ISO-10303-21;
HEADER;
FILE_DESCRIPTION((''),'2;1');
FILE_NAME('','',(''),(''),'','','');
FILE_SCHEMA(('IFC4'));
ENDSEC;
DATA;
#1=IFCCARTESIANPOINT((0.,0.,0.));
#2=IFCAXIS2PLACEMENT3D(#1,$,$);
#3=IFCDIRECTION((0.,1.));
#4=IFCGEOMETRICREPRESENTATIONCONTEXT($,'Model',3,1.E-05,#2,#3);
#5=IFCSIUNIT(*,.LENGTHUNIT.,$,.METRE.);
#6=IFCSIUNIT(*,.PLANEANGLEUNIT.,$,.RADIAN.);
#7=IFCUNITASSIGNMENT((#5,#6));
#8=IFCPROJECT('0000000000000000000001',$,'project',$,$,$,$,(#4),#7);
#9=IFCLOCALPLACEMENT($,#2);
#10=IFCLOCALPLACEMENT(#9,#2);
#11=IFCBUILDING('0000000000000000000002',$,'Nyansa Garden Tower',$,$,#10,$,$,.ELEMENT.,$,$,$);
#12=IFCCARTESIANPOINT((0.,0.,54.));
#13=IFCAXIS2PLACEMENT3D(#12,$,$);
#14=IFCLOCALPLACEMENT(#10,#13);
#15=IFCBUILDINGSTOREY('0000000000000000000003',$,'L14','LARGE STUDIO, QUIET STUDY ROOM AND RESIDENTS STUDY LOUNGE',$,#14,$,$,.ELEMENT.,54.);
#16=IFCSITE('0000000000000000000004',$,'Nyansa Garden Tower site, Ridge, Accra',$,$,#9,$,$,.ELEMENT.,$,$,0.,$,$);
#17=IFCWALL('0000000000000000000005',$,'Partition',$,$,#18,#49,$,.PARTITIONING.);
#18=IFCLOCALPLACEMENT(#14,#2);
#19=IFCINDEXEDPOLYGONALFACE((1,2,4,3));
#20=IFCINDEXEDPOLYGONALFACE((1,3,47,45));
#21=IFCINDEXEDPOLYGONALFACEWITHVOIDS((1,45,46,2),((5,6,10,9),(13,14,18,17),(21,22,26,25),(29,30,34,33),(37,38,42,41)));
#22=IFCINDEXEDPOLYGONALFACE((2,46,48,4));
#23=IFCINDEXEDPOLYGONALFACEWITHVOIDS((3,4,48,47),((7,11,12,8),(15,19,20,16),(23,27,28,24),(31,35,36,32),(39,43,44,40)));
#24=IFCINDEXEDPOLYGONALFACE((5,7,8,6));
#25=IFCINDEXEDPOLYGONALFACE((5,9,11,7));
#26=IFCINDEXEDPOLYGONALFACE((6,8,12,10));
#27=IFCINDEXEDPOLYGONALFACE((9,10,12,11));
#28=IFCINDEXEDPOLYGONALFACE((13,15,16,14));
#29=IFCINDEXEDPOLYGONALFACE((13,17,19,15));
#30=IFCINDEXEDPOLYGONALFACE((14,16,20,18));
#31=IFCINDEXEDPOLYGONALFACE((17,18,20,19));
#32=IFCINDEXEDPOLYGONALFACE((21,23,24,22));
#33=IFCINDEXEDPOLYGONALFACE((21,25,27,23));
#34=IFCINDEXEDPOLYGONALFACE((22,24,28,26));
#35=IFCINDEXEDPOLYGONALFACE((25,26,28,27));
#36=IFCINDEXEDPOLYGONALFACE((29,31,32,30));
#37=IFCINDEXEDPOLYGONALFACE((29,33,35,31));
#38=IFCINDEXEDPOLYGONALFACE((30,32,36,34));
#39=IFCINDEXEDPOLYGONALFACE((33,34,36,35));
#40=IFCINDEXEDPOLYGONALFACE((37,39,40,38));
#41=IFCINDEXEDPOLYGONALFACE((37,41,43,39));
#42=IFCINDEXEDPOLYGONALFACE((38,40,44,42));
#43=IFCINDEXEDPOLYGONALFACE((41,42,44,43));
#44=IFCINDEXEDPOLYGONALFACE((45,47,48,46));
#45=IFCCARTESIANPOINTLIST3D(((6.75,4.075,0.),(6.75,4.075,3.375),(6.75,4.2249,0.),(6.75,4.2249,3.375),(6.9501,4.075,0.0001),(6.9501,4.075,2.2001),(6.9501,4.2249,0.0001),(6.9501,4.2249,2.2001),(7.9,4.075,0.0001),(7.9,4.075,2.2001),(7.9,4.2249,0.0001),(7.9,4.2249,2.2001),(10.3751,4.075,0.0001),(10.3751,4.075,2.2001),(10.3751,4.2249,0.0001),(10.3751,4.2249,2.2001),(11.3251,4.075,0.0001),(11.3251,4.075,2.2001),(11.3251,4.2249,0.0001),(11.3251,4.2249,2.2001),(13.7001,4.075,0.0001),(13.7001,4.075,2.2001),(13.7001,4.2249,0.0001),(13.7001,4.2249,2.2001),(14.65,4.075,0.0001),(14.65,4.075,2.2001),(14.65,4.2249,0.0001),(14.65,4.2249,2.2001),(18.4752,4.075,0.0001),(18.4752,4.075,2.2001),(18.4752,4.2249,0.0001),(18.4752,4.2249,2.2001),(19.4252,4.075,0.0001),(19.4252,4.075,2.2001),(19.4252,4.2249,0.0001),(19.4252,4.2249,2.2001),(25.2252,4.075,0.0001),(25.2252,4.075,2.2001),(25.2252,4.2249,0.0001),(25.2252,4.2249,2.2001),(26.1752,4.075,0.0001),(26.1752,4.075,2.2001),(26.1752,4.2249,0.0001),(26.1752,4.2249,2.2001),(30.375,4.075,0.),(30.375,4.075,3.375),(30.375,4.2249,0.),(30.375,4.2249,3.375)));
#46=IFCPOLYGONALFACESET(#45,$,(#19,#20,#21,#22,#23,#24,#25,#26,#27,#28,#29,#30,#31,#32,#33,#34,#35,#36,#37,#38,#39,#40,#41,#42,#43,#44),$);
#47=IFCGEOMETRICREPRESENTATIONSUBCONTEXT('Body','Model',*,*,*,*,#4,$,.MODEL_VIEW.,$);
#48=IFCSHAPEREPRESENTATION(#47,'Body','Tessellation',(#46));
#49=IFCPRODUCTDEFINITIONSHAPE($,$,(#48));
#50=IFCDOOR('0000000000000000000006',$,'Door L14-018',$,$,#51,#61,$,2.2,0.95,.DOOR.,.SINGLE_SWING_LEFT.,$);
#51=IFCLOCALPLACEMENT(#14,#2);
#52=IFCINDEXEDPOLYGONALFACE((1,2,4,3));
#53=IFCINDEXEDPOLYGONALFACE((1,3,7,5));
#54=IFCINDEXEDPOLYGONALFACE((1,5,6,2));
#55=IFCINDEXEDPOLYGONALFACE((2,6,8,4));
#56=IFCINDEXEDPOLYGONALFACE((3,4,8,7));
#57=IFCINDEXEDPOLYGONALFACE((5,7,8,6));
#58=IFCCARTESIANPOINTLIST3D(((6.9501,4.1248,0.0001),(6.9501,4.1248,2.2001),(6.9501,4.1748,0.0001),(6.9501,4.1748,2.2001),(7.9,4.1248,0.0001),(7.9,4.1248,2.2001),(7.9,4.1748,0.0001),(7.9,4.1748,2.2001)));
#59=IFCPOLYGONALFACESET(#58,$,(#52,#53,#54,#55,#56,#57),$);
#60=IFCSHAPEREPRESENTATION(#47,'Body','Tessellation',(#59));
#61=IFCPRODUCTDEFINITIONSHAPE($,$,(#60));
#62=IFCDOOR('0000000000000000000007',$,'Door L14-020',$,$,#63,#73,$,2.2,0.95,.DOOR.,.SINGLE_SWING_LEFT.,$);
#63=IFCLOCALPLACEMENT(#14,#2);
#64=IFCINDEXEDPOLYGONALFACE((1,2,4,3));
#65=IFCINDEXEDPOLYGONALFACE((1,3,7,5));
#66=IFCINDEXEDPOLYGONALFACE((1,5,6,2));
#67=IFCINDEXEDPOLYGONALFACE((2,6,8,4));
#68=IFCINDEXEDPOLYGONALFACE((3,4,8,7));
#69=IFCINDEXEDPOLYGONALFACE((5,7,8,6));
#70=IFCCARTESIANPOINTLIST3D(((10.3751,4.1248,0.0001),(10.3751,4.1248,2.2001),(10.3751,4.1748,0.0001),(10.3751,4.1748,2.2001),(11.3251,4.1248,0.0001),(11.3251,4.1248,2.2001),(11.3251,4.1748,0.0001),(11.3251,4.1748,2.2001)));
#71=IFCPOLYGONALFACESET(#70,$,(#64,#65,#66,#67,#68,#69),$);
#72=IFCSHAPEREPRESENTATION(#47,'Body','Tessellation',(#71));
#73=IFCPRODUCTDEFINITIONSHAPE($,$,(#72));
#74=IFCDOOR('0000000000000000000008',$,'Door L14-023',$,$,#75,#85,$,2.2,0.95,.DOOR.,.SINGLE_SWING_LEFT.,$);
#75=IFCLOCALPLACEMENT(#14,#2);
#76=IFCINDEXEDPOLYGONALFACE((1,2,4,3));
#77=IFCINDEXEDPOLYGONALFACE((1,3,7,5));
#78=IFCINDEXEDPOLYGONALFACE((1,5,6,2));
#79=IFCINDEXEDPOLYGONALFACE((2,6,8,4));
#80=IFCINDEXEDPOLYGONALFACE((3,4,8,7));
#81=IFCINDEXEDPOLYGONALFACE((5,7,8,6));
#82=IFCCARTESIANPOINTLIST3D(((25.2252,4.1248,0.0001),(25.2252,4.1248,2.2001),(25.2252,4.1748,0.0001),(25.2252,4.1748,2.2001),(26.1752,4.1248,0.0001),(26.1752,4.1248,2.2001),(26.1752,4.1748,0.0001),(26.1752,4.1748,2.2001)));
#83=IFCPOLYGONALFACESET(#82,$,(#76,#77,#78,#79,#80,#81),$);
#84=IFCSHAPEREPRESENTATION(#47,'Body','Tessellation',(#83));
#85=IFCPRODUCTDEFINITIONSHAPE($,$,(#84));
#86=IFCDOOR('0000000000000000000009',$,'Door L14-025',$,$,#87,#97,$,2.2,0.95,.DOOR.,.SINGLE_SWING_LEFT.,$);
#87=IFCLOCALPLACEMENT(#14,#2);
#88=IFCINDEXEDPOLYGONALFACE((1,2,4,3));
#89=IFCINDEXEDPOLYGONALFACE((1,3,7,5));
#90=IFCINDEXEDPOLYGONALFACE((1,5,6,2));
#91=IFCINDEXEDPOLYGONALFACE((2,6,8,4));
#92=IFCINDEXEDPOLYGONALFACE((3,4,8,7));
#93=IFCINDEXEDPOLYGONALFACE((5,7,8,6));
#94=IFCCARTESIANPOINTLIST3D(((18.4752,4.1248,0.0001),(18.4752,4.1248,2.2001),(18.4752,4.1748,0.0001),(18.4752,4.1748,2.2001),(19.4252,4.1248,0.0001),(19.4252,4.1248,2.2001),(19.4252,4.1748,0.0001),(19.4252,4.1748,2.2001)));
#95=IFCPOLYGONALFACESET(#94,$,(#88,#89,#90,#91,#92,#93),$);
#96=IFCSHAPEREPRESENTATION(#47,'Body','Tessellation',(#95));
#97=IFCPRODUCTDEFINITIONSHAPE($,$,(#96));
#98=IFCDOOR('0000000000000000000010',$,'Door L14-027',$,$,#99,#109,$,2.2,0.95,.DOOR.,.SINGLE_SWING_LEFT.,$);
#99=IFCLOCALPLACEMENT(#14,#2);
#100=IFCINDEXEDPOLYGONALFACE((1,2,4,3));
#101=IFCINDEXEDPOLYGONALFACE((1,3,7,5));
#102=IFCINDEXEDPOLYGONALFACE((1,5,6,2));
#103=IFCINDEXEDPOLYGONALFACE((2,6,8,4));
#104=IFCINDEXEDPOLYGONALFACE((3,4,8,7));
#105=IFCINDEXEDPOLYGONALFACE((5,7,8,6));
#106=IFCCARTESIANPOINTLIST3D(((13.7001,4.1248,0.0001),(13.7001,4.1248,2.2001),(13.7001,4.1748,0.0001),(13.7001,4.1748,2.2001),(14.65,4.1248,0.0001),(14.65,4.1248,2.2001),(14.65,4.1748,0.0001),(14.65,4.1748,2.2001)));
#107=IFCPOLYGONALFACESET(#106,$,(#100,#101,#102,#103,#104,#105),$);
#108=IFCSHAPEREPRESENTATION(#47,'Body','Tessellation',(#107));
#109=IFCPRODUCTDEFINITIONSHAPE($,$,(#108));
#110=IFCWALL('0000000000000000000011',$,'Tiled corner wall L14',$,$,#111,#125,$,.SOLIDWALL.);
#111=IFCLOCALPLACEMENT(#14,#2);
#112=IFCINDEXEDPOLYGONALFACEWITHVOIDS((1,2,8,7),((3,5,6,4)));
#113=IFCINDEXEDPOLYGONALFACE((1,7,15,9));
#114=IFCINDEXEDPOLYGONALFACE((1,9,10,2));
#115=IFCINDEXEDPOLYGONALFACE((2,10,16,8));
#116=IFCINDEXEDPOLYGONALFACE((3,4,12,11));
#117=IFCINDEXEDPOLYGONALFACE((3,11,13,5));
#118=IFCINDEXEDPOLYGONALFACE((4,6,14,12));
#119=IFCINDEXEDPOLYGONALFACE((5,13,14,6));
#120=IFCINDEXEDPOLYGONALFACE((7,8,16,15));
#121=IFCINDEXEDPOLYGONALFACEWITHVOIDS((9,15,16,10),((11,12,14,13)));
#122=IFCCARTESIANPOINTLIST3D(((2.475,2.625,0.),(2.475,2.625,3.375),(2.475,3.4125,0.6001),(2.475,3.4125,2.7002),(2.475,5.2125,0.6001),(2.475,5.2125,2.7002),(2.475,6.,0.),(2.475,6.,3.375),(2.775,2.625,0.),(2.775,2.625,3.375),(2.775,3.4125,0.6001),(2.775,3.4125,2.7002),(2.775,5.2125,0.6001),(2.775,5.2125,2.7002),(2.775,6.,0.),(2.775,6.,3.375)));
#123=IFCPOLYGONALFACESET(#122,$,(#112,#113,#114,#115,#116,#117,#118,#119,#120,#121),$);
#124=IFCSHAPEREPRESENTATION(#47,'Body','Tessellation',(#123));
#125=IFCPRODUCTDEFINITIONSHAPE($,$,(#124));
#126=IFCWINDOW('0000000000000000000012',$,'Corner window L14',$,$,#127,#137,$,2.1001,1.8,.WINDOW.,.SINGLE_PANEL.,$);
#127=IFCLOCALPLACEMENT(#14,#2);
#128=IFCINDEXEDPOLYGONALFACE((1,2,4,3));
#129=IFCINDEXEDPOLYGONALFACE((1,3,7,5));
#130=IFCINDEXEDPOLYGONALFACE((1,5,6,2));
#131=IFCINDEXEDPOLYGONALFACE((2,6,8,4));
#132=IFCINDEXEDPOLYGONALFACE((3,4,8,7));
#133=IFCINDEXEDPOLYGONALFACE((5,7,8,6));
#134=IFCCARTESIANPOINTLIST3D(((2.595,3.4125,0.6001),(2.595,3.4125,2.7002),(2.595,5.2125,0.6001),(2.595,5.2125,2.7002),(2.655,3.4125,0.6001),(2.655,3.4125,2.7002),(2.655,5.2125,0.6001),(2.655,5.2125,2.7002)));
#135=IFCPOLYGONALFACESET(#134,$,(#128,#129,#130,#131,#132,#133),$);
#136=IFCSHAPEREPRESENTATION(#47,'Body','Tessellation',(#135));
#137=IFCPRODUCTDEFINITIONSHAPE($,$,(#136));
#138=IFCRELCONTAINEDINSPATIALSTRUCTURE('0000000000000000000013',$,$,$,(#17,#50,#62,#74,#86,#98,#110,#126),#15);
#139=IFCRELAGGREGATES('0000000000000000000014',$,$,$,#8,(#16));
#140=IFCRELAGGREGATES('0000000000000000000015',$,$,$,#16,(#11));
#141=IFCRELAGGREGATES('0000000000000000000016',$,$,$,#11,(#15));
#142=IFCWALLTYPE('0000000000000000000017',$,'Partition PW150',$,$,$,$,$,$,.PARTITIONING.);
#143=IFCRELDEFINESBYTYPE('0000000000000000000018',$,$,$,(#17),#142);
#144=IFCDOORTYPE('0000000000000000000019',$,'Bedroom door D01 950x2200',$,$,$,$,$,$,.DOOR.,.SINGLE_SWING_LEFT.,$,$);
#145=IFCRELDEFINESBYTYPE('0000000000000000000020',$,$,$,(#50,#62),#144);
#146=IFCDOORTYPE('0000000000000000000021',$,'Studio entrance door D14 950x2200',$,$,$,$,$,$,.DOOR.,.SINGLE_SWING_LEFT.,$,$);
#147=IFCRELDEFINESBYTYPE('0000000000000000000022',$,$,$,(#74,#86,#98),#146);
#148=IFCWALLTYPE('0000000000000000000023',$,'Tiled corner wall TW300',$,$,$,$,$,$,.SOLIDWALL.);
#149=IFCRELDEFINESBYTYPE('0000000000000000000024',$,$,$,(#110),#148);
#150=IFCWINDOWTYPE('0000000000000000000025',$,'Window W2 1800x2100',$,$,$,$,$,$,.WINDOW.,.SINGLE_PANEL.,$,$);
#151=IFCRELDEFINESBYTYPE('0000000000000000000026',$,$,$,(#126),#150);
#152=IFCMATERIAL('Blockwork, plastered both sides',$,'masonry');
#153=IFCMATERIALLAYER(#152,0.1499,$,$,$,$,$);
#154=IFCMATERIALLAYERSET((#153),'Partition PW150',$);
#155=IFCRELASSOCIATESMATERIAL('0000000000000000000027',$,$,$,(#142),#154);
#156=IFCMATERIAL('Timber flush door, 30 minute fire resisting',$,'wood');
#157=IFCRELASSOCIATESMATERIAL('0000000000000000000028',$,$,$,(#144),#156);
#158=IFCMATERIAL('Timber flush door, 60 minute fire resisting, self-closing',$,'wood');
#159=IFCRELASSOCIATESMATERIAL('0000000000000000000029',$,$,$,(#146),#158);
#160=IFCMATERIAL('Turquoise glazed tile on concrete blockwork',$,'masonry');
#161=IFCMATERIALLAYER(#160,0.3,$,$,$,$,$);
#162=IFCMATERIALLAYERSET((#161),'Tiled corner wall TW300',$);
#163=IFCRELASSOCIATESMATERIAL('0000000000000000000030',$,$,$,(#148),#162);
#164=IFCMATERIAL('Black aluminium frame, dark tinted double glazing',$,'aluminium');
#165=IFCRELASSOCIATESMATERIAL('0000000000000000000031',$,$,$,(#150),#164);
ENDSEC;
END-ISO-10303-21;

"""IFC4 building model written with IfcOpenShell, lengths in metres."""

from ifc_helpers import new_model, si_unit, direction, frame, frame_2d, origin, place, context, subcontext, project, spatial, rectangle, extrude, material, layer, layer_set, type_object, element, fill, save


model = new_model("IFC4")

# Units and contexts
model_context = context("Model", 3, precision=1e-05, world=origin(), true_north=direction((0.0, 1.0)))
body_context = subcontext(model_context, "Body", "Model", "MODEL_VIEW")
ifc_project = project(units=[si_unit("LENGTHUNIT", "METRE"), si_unit("PLANEANGLEUNIT", "RADIAN")], contexts=[model_context])

# Site, building, storey
site_placement = place(None, origin())
site = spatial("IfcSite", under=ifc_project, at=site_placement, Name="Nyansa Garden Tower site, Ridge, Accra", CompositionType="ELEMENT", RefElevation=0.0)
building_placement = place(site_placement, origin())
building = spatial("IfcBuilding", under=site, at=building_placement, Name="Nyansa Garden Tower", CompositionType="ELEMENT")
storey_placement = place(building_placement, frame((0.0, 0.0, 54.0)))
storey = spatial("IfcBuildingStorey", under=building, at=storey_placement, Name="L14", Description="LARGE STUDIO, QUIET STUDY ROOM AND RESIDENTS STUDY LOUNGE", CompositionType="ELEMENT", Elevation=54.0)

# Shared definitions
ifc_material_1 = material(Name="Blockwork, plastered both sides", Category="masonry")
ifc_layer_1 = layer(ifc_material_1, 0.1499)
ifc_layer_set_1 = layer_set([ifc_layer_1], Name="Partition PW150")
wall_type_1 = type_object("IfcWallType", Name="Partition PW150", PredefinedType="PARTITIONING", material=ifc_layer_set_1)

# Wall, openings, doors
wall_1_placement = place(storey_placement, frame((6.75, 4.1499, 0.0), z_axis=(0.0, 0.0, 1.0), x_axis=(1.0, 0.0, 0.0)))
wall_1 = element("IfcWall", 1, at=wall_1_placement, inside=storey, type_object=wall_type_1, Name="Partition", PredefinedType="PARTITIONING", context=body_context, shape_type="SweptSolid", body=[
    extrude(rectangle(XDim=23.625, YDim=0.1499, at=frame_2d((11.8125, 0.0))), origin(), (0.0, 0.0, 1.0), 3.375),
])
opening_1_placement = place(wall_1_placement, frame((0.2, 0.0, 0.0)))
opening_1 = element("IfcOpeningElement", 2, at=opening_1_placement, cuts=wall_1, PredefinedType="OPENING", context=body_context, shape_type="SweptSolid", body=[
    extrude(rectangle(XDim=0.95, YDim=2.2, at=frame_2d((0.4751, 1.1001))), frame((0.0, 0.085, 0.0), z_axis=(0.0, -1.0, 0.0), x_axis=(1.0, 0.0, 0.0)), (0.0, 0.0, 1.0), 0.1699),
])
opening_2_placement = place(wall_1_placement, frame((3.625, 0.0, 0.0)))
opening_2 = element("IfcOpeningElement", 3, at=opening_2_placement, cuts=wall_1, PredefinedType="OPENING", context=body_context, shape_type="SweptSolid", body=[
    extrude(rectangle(XDim=0.95, YDim=2.2, at=frame_2d((0.4751, 1.1001))), frame((0.0, 0.085, 0.0), z_axis=(0.0, -1.0, 0.0), x_axis=(1.0, 0.0, 0.0)), (0.0, 0.0, 1.0), 0.1699),
])
opening_3_placement = place(wall_1_placement, frame((18.4751, 0.0, 0.0)))
opening_3 = element("IfcOpeningElement", 4, at=opening_3_placement, cuts=wall_1, PredefinedType="OPENING", context=body_context, shape_type="SweptSolid", body=[
    extrude(rectangle(XDim=0.95, YDim=2.2, at=frame_2d((0.4751, 1.1001))), frame((0.0, 0.085, 0.0), z_axis=(0.0, -1.0, 0.0), x_axis=(1.0, 0.0, 0.0)), (0.0, 0.0, 1.0), 0.1699),
])
opening_4_placement = place(wall_1_placement, frame((11.7251, 0.0, 0.0)))
opening_4 = element("IfcOpeningElement", 5, at=opening_4_placement, cuts=wall_1, PredefinedType="OPENING", context=body_context, shape_type="SweptSolid", body=[
    extrude(rectangle(XDim=0.95, YDim=2.2, at=frame_2d((0.4751, 1.1001))), frame((0.0, 0.085, 0.0), z_axis=(0.0, -1.0, 0.0), x_axis=(1.0, 0.0, 0.0)), (0.0, 0.0, 1.0), 0.1699),
])
opening_5_placement = place(wall_1_placement, frame((6.95, 0.0, 0.0)))
opening_5 = element("IfcOpeningElement", 6, at=opening_5_placement, cuts=wall_1, PredefinedType="OPENING", context=body_context, shape_type="SweptSolid", body=[
    extrude(rectangle(XDim=0.95, YDim=2.2, at=frame_2d((0.4751, 1.1001))), frame((0.0, 0.085, 0.0), z_axis=(0.0, -1.0, 0.0), x_axis=(1.0, 0.0, 0.0)), (0.0, 0.0, 1.0), 0.1699),
])
ifc_material_2 = material(Name="Timber flush door, 30 minute fire resisting", Category="wood")
door_type_1 = type_object("IfcDoorType", Name="Bedroom door D01 950x2200", OperationType="SINGLE_SWING_LEFT", PredefinedType="DOOR", material=ifc_material_2)
door_1_placement = place(opening_1_placement, origin())
door_1 = element("IfcDoor", 7, at=door_1_placement, inside=storey, type_object=door_type_1, Name="Door L14-018", OperationType="SINGLE_SWING_LEFT", OverallHeight=2.2, OverallWidth=0.95, PredefinedType="DOOR", context=body_context, shape_type="SweptSolid", body=[
    extrude(rectangle(XDim=0.95, YDim=2.2, at=frame_2d((0.4751, 1.1001))), frame((0.0, 0.0249, 0.0), z_axis=(0.0, -1.0, 0.0), x_axis=(1.0, 0.0, 0.0)), (0.0, 0.0, 1.0), 0.05),
])
fill(opening_1, door_1)
door_2_placement = place(opening_2_placement, origin())
door_2 = element("IfcDoor", 8, at=door_2_placement, inside=storey, type_object=door_type_1, Name="Door L14-020", OperationType="SINGLE_SWING_LEFT", OverallHeight=2.2, OverallWidth=0.95, PredefinedType="DOOR", context=body_context, shape_type="SweptSolid", body=[
    extrude(rectangle(XDim=0.95, YDim=2.2, at=frame_2d((0.4751, 1.1001))), frame((0.0, 0.0249, 0.0), z_axis=(0.0, -1.0, 0.0), x_axis=(1.0, 0.0, 0.0)), (0.0, 0.0, 1.0), 0.05),
])
fill(opening_2, door_2)
ifc_material_3 = material(Name="Timber flush door, 60 minute fire resisting, self-closing", Category="wood")
door_type_2 = type_object("IfcDoorType", Name="Studio entrance door D14 950x2200", OperationType="SINGLE_SWING_LEFT", PredefinedType="DOOR", material=ifc_material_3)
door_3_placement = place(opening_3_placement, origin())
door_3 = element("IfcDoor", 9, at=door_3_placement, inside=storey, type_object=door_type_2, Name="Door L14-023", OperationType="SINGLE_SWING_LEFT", OverallHeight=2.2, OverallWidth=0.95, PredefinedType="DOOR", context=body_context, shape_type="SweptSolid", body=[
    extrude(rectangle(XDim=0.95, YDim=2.2, at=frame_2d((0.4751, 1.1001))), frame((0.0, 0.0249, 0.0), z_axis=(0.0, -1.0, 0.0), x_axis=(1.0, 0.0, 0.0)), (0.0, 0.0, 1.0), 0.05),
])
fill(opening_3, door_3)
door_4_placement = place(opening_4_placement, origin())
door_4 = element("IfcDoor", 10, at=door_4_placement, inside=storey, type_object=door_type_2, Name="Door L14-025", OperationType="SINGLE_SWING_LEFT", OverallHeight=2.2, OverallWidth=0.95, PredefinedType="DOOR", context=body_context, shape_type="SweptSolid", body=[
    extrude(rectangle(XDim=0.95, YDim=2.2, at=frame_2d((0.4751, 1.1001))), frame((0.0, 0.0249, 0.0), z_axis=(0.0, -1.0, 0.0), x_axis=(1.0, 0.0, 0.0)), (0.0, 0.0, 1.0), 0.05),
])
fill(opening_4, door_4)
door_5_placement = place(opening_5_placement, origin())
door_5 = element("IfcDoor", 11, at=door_5_placement, inside=storey, type_object=door_type_2, Name="Door L14-027", OperationType="SINGLE_SWING_LEFT", OverallHeight=2.2, OverallWidth=0.95, PredefinedType="DOOR", context=body_context, shape_type="SweptSolid", body=[
    extrude(rectangle(XDim=0.95, YDim=2.2, at=frame_2d((0.4751, 1.1001))), frame((0.0, 0.0249, 0.0), z_axis=(0.0, -1.0, 0.0), x_axis=(1.0, 0.0, 0.0)), (0.0, 0.0, 1.0), 0.05),
])
fill(opening_5, door_5)

# Wall, opening, window
ifc_material_4 = material(Name="Turquoise glazed tile on concrete blockwork", Category="masonry")
ifc_layer_2 = layer(ifc_material_4, 0.3)
ifc_layer_set_2 = layer_set([ifc_layer_2], Name="Tiled corner wall TW300")
wall_type_2 = type_object("IfcWallType", Name="Tiled corner wall TW300", PredefinedType="SOLIDWALL", material=ifc_layer_set_2)
wall_2_placement = place(storey_placement, frame((2.625, 6.0, 0.0), z_axis=(0.0, 0.0, 1.0), x_axis=(0.0, -1.0, 0.0)))
wall_2 = element("IfcWall", 12, at=wall_2_placement, inside=storey, type_object=wall_type_2, Name="Tiled corner wall L14", PredefinedType="SOLIDWALL", context=body_context, shape_type="SweptSolid", body=[
    extrude(rectangle(XDim=3.375, YDim=0.3, at=frame_2d((1.6875, 0.0))), origin(), (0.0, 0.0, 1.0), 3.375),
])
opening_6_placement = place(wall_2_placement, frame((0.7876, 0.0, 0.6001)))
opening_6 = element("IfcOpeningElement", 13, at=opening_6_placement, cuts=wall_2, PredefinedType="OPENING", context=body_context, shape_type="SweptSolid", body=[
    extrude(rectangle(XDim=1.8, YDim=2.1001, at=frame_2d((0.8999, 1.05))), frame((0.0, 0.1599, 0.0), z_axis=(0.0, -1.0, 0.0), x_axis=(1.0, 0.0, 0.0)), (0.0, 0.0, 1.0), 0.3201),
])
ifc_material_5 = material(Name="Black aluminium frame, dark tinted double glazing", Category="aluminium")
window_type_1 = type_object("IfcWindowType", Name="Window W2 1800x2100", PartitioningType="SINGLE_PANEL", PredefinedType="WINDOW", material=ifc_material_5)
window_1_placement = place(opening_6_placement, origin())
window_1 = element("IfcWindow", 14, at=window_1_placement, inside=storey, type_object=window_type_1, Name="Corner window L14", OverallHeight=2.1001, OverallWidth=1.8, PartitioningType="SINGLE_PANEL", PredefinedType="WINDOW", context=body_context, shape_type="SweptSolid", body=[
    extrude(rectangle(XDim=1.8, YDim=2.1001, at=frame_2d((0.8999, 1.05))), frame((0.0, 0.03, 0.0), z_axis=(0.0, -1.0, 0.0), x_axis=(1.0, 0.0, 0.0)), (0.0, 0.0, 1.0), 0.0601),
])
fill(opening_6, window_1)

save(model, "model.ifc")
